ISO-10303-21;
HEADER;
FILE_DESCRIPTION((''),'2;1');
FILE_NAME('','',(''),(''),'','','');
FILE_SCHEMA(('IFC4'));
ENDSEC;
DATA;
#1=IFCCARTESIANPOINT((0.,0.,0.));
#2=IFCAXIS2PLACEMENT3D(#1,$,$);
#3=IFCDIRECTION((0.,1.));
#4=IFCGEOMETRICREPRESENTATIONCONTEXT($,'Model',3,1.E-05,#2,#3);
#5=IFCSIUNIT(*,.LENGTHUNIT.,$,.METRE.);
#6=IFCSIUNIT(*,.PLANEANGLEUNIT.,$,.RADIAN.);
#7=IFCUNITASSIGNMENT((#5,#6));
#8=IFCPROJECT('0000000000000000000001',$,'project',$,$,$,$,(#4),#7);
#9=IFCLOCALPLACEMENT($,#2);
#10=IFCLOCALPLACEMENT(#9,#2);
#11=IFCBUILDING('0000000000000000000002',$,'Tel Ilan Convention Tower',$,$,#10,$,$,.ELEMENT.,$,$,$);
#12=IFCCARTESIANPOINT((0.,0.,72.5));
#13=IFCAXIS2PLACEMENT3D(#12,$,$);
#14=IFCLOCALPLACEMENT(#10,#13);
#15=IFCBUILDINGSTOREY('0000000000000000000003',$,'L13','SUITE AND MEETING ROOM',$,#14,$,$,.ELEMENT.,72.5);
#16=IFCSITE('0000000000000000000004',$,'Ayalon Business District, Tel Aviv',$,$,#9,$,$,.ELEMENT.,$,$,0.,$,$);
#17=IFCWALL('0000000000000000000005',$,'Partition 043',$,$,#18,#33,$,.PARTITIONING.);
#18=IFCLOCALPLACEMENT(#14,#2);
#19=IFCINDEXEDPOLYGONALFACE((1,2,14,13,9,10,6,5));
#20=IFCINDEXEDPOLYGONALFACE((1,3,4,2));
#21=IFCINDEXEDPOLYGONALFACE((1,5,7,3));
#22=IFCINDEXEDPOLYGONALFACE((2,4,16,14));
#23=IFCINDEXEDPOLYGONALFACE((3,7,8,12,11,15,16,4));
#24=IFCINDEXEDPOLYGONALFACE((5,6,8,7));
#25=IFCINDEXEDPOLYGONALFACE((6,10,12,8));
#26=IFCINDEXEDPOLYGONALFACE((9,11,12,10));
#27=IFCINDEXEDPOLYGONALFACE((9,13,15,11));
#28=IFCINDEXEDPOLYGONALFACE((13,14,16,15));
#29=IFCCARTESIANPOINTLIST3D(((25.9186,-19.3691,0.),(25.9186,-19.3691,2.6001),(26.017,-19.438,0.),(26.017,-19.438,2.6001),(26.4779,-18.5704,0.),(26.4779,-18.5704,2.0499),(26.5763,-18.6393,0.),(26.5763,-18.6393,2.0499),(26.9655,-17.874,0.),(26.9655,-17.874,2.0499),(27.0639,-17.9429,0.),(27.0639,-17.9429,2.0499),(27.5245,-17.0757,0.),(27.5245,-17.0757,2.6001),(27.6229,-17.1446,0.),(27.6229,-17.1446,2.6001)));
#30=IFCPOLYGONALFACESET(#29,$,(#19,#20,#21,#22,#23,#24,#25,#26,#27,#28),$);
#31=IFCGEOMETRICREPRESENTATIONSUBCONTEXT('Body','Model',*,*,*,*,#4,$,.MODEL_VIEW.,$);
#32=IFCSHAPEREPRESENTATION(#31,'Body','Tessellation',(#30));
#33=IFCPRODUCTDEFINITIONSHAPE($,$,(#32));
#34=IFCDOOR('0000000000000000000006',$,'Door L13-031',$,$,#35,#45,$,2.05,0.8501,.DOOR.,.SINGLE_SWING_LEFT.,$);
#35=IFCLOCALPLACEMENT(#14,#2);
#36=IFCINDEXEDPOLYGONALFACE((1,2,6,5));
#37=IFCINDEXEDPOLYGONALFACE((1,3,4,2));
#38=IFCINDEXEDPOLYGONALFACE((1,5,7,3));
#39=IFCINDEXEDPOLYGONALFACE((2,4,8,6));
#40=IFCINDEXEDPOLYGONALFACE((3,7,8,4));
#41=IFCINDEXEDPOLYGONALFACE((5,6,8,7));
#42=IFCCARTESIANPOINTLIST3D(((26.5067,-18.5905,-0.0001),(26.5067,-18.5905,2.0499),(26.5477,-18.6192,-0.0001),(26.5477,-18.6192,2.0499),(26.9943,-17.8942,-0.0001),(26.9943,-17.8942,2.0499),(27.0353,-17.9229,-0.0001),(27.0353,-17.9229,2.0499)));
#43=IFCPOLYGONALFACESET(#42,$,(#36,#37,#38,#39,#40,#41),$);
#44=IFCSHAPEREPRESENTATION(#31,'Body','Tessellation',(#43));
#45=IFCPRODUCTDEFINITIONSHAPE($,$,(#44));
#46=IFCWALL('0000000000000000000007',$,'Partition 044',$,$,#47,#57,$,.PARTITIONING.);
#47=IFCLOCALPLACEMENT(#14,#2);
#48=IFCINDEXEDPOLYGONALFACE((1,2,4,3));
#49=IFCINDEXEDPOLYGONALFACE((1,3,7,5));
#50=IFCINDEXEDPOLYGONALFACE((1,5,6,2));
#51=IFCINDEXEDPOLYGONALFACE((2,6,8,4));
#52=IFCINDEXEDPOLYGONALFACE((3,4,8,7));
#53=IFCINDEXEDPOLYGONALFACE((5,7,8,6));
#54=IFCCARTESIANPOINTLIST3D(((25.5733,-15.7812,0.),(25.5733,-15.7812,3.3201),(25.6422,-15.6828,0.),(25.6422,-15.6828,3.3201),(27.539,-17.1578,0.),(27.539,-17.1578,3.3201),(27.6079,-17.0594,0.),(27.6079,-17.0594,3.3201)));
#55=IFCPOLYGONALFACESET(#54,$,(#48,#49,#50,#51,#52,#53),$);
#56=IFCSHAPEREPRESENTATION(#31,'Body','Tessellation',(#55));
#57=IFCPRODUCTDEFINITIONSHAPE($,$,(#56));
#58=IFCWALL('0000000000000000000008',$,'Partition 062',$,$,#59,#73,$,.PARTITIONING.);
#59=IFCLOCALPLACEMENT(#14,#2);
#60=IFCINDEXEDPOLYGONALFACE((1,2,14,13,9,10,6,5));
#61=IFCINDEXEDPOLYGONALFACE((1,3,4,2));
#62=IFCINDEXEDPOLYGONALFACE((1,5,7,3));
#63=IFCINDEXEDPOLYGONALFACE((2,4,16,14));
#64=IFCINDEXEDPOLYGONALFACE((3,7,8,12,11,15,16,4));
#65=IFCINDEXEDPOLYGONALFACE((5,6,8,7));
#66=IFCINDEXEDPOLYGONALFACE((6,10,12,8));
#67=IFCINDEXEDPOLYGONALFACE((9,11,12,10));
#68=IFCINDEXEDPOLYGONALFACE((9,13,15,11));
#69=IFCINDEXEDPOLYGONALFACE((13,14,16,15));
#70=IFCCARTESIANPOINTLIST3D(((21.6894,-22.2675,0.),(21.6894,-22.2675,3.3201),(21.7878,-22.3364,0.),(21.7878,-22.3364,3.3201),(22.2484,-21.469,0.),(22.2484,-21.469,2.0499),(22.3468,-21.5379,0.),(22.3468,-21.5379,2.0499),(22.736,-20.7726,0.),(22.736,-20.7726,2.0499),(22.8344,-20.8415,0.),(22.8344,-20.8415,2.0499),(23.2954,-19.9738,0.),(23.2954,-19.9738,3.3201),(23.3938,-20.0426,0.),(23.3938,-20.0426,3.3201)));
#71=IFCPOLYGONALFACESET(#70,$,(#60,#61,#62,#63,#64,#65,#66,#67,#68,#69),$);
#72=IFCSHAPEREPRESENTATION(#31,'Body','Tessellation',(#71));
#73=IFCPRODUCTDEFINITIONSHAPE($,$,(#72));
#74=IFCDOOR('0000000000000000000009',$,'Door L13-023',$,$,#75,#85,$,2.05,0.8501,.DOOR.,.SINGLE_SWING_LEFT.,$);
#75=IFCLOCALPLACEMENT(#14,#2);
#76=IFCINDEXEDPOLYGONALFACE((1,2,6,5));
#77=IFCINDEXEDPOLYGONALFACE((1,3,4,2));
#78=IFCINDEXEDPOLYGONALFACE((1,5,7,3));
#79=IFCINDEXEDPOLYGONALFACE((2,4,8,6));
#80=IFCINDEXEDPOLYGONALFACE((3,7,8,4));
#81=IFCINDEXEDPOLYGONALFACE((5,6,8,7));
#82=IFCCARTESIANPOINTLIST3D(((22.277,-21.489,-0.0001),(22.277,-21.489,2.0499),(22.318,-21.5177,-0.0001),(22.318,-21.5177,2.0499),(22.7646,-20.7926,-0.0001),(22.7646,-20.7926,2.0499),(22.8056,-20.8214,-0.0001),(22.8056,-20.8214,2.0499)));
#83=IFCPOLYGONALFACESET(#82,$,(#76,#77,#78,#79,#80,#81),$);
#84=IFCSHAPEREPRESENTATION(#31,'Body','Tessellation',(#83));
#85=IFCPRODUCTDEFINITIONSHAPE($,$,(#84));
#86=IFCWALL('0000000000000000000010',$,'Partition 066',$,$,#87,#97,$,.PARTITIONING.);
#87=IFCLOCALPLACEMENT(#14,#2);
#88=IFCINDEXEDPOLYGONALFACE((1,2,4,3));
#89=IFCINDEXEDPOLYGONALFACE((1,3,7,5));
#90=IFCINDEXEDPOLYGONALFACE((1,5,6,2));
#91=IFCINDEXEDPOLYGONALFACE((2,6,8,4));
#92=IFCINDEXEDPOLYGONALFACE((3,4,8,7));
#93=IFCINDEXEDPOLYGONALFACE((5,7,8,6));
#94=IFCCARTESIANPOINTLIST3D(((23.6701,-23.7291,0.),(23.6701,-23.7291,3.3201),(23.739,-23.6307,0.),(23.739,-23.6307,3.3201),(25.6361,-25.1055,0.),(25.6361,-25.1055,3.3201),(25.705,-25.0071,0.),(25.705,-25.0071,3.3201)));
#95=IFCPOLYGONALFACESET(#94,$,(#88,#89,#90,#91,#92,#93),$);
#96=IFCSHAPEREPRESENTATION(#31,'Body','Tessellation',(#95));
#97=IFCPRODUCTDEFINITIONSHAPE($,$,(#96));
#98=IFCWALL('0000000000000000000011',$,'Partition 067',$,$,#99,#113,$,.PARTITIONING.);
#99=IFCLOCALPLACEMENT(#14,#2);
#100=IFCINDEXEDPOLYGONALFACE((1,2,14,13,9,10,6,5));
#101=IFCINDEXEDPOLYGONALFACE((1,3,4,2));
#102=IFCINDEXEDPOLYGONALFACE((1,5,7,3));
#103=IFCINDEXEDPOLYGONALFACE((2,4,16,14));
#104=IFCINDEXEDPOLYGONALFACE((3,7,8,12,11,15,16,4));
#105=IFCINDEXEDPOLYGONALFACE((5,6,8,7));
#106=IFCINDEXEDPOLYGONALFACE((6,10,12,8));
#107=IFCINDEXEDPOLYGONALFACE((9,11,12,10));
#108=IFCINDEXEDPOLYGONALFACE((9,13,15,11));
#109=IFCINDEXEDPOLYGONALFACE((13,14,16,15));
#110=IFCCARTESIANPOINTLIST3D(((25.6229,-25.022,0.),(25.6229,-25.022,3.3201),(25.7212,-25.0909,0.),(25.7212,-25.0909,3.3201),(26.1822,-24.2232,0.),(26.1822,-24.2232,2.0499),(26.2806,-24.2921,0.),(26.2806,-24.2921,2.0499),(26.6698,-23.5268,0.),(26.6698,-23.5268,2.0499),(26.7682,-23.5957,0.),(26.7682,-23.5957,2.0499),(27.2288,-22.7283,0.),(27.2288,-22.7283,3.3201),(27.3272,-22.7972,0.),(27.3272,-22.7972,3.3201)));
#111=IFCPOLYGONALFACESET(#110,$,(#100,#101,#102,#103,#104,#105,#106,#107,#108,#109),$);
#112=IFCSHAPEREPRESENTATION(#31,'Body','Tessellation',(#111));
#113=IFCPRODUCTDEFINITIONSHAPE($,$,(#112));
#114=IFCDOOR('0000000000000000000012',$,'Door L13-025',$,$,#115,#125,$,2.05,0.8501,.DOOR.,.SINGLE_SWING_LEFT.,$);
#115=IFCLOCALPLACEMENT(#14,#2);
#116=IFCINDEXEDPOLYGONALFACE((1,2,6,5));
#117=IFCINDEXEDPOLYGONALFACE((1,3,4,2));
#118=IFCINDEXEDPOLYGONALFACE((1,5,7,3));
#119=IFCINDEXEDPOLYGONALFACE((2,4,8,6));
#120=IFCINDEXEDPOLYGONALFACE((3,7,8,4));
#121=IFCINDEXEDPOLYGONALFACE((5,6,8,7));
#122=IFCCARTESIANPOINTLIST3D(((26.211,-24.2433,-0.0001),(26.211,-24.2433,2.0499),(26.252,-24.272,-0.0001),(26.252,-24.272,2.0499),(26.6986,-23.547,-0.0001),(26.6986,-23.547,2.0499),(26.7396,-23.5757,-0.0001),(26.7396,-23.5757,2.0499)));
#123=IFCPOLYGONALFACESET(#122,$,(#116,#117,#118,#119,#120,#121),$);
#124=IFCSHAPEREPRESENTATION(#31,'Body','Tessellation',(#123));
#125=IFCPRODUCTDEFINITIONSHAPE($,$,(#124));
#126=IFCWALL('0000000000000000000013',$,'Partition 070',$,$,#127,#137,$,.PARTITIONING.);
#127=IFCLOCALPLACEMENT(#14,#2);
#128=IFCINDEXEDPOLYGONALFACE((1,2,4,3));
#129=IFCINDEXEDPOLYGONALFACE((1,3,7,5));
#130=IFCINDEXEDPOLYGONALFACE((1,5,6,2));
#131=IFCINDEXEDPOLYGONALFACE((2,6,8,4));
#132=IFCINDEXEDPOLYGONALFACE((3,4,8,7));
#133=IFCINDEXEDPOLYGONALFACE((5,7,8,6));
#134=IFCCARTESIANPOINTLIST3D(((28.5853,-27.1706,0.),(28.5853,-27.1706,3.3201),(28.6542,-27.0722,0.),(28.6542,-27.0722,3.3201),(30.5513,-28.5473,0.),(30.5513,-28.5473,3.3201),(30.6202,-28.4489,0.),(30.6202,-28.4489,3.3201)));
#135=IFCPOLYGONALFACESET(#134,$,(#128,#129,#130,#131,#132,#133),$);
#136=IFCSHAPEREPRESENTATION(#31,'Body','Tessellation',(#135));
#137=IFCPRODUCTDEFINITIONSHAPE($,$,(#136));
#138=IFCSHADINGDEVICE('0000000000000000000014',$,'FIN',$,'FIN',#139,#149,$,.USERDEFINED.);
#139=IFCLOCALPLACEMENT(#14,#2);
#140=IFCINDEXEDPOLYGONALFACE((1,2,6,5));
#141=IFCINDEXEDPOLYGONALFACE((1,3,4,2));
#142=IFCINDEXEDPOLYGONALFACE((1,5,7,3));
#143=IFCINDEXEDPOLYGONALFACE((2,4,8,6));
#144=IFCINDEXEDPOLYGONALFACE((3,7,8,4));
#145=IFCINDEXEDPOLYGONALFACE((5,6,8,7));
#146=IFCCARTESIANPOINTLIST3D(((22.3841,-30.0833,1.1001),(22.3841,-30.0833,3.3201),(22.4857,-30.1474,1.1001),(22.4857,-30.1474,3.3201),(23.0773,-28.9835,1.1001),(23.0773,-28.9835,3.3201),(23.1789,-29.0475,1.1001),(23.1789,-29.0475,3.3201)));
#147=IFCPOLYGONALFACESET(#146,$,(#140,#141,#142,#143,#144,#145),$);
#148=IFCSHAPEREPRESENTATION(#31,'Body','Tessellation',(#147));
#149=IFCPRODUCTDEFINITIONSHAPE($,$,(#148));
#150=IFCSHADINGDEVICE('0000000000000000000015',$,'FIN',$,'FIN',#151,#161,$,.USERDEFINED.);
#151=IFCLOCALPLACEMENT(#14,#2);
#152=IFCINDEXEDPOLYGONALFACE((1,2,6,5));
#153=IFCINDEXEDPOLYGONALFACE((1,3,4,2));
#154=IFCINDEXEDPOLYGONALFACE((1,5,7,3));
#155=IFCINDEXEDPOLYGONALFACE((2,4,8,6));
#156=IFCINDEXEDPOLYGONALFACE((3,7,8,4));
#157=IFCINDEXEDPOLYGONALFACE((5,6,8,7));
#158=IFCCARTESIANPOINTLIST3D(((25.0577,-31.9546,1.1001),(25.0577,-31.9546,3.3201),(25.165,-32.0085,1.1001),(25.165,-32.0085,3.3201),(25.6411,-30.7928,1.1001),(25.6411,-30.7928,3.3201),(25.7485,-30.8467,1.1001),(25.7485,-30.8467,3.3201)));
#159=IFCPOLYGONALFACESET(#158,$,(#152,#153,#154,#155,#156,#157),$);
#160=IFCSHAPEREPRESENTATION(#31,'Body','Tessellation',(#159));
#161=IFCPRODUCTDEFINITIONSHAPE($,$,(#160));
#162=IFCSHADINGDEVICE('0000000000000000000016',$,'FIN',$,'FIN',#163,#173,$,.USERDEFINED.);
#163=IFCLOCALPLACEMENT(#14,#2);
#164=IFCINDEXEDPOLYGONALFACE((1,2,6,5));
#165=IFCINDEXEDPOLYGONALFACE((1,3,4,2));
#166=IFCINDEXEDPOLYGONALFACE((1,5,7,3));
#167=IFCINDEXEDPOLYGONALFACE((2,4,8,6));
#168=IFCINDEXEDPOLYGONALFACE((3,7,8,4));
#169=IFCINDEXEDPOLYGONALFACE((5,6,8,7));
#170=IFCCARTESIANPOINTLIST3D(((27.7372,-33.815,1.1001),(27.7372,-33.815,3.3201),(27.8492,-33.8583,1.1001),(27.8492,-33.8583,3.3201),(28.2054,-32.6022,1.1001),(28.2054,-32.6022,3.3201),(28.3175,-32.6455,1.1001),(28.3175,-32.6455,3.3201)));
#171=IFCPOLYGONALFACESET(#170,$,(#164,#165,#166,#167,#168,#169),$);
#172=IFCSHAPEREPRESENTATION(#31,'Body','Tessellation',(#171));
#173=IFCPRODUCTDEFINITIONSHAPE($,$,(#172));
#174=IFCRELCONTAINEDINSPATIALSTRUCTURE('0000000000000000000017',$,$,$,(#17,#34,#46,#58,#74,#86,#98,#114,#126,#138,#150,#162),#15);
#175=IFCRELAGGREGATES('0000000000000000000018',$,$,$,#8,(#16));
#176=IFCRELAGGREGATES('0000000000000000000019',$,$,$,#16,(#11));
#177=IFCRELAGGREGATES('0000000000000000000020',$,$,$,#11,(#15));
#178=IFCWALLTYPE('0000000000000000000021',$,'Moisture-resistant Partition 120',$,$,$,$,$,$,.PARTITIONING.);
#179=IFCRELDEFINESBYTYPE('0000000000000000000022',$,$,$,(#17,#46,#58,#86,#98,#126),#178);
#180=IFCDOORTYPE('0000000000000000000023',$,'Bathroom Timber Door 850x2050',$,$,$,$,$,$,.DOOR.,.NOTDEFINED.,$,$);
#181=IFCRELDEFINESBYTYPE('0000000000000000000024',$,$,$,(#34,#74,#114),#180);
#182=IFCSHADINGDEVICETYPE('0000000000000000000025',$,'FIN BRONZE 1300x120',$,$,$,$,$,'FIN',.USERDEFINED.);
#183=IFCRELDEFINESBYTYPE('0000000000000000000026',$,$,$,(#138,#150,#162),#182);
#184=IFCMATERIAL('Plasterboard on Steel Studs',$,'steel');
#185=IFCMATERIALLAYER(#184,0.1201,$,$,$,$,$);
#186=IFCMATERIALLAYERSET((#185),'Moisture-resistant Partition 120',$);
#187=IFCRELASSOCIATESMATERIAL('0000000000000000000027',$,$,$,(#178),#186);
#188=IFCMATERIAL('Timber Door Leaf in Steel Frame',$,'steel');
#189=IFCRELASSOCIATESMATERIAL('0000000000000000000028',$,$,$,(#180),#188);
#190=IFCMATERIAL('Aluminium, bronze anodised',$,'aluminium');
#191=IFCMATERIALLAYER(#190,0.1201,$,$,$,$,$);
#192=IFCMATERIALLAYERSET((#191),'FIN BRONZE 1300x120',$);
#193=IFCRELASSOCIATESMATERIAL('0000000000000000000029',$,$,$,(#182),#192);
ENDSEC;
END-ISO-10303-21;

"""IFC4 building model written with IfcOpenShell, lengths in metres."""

from ifc_helpers import new_model, si_unit, direction, frame, frame_2d, origin, origin_2d, place, context, subcontext, project, spatial, rectangle, extrude, material, layer, layer_set, type_object, element, fill, save


model = new_model("IFC4")

# Units and contexts
model_context = context("Model", 3, precision=1e-05, world=origin(), true_north=direction((0.0, 1.0)))
body_context = subcontext(model_context, "Body", "Model", "MODEL_VIEW")
ifc_project = project(units=[si_unit("LENGTHUNIT", "METRE"), si_unit("PLANEANGLEUNIT", "RADIAN")], contexts=[model_context])

# Site, building, storey
site_placement = place(None, origin())
site = spatial("IfcSite", under=ifc_project, at=site_placement, Name="Ayalon Business District, Tel Aviv", CompositionType="ELEMENT", RefElevation=0.0)
building_placement = place(site_placement, origin())
building = spatial("IfcBuilding", under=site, at=building_placement, Name="Tel Ilan Convention Tower", CompositionType="ELEMENT")
storey_placement = place(building_placement, frame((0.0, 0.0, 72.5)))
storey = spatial("IfcBuildingStorey", under=building, at=storey_placement, Name="L13", Description="SUITE AND MEETING ROOM", CompositionType="ELEMENT", Elevation=72.5)

# Wall, opening, door
ifc_material_1 = material(Name="Plasterboard on Steel Studs", Category="steel")
ifc_layer_1 = layer(ifc_material_1, 0.1201)
ifc_layer_set_1 = layer_set([ifc_layer_1], Name="Moisture-resistant Partition 120")
wall_type_1 = type_object("IfcWallType", Name="Moisture-resistant Partition 120", PredefinedType="PARTITIONING", material=ifc_layer_set_1)
wall_1_placement = place(storey_placement, frame((25.9678, -19.4036, 0.0), z_axis=(0.0, 0.0, 1.0), x_axis=(0.573591, 0.819142, 0.0)))
wall_1 = element("IfcWall", 1, at=wall_1_placement, inside=storey, type_object=wall_type_1, Name="Partition 043", PredefinedType="PARTITIONING", context=body_context, shape_type="SweptSolid", body=[
    extrude(rectangle(XDim=2.7998, YDim=0.1201, at=frame_2d((1.3999, 0.0))), origin(), (0.0, 0.0, 1.0), 2.6001),
])
opening_1_placement = place(wall_1_placement, frame((0.9751, 0.0, 0.0)))
opening_1 = element("IfcOpeningElement", 2, at=opening_1_placement, cuts=wall_1, PredefinedType="OPENING", context=body_context, shape_type="SweptSolid", body=[
    extrude(rectangle(XDim=0.8501, YDim=2.05, at=frame_2d((0.425, 1.0249))), frame((0.0, 0.0701, 0.0), z_axis=(0.0, -1.0, 0.0), x_axis=(1.0, 0.0, 0.0)), (0.0, 0.0, 1.0), 0.1401),
])
ifc_material_2 = material(Name="Timber Door Leaf in Steel Frame", Category="steel")
door_type_1 = type_object("IfcDoorType", Name="Bathroom Timber Door 850x2050", OperationType="NOTDEFINED", PredefinedType="DOOR", material=ifc_material_2)
door_1_placement = place(opening_1_placement, origin())
door_1 = element("IfcDoor", 3, at=door_1_placement, inside=storey, type_object=door_type_1, Name="Door L13-031", OperationType="SINGLE_SWING_LEFT", OverallHeight=2.05, OverallWidth=0.8501, PredefinedType="DOOR", context=body_context, shape_type="SweptSolid", body=[
    extrude(rectangle(XDim=0.8501, YDim=2.05, at=frame_2d((0.425, 1.0249))), frame((0.0, 0.0249, 0.0), z_axis=(0.0, -1.0, 0.0), x_axis=(1.0, 0.0, 0.0)), (0.0, 0.0, 1.0), 0.05),
])
fill(opening_1, door_1)

# Wall
wall_2_placement = place(storey_placement, frame((27.5735, -17.1086, 0.0), z_axis=(0.0, 0.0, 1.0), x_axis=(-0.819108, 0.57364, 0.0)))
element("IfcWall", 4, at=wall_2_placement, inside=storey, type_object=wall_type_1, Name="Partition 044", PredefinedType="PARTITIONING", context=body_context, shape_type="SweptSolid", body=[
    extrude(rectangle(XDim=2.3999, YDim=0.1201, at=frame_2d((1.2, 0.0))), origin(), (0.0, 0.0, 1.0), 3.3201),
])

# Wall, opening, door
wall_3_placement = place(storey_placement, frame((23.3445, -20.0083, 0.0), z_axis=(0.0, 0.0, 1.0), x_axis=(-0.57355, -0.81917, 0.0)))
wall_3 = element("IfcWall", 5, at=wall_3_placement, inside=storey, type_object=wall_type_1, Name="Partition 062", PredefinedType="PARTITIONING", context=body_context, shape_type="SweptSolid", body=[
    extrude(rectangle(XDim=2.8, YDim=0.1201, at=frame_2d((1.3999, 0.0))), origin(), (0.0, 0.0, 1.0), 3.3201),
])
opening_2_placement = place(wall_3_placement, frame((0.9751, 0.0, 0.0)))
opening_2 = element("IfcOpeningElement", 6, at=opening_2_placement, cuts=wall_3, PredefinedType="OPENING", context=body_context, shape_type="SweptSolid", body=[
    extrude(rectangle(XDim=0.8501, YDim=2.05, at=frame_2d((0.425, 1.0249))), frame((0.0, 0.0701, 0.0), z_axis=(0.0, -1.0, 0.0), x_axis=(1.0, 0.0, 0.0)), (0.0, 0.0, 1.0), 0.1401),
])
door_2_placement = place(opening_2_placement, origin())
door_2 = element("IfcDoor", 7, at=door_2_placement, inside=storey, type_object=door_type_1, Name="Door L13-023", OperationType="SINGLE_SWING_LEFT", OverallHeight=2.05, OverallWidth=0.8501, PredefinedType="DOOR", context=body_context, shape_type="SweptSolid", body=[
    extrude(rectangle(XDim=0.8501, YDim=2.05, at=frame_2d((0.425, 1.0249))), frame((0.0, 0.0249, 0.0), z_axis=(0.0, -1.0, 0.0), x_axis=(1.0, 0.0, 0.0)), (0.0, 0.0, 1.0), 0.05),
])
fill(opening_2, door_2)

# Wall
wall_4_placement = place(storey_placement, frame((23.7046, -23.6799, 0.0), z_axis=(0.0, 0.0, 1.0), x_axis=(0.819189, -0.573524, 0.0)))
element("IfcWall", 8, at=wall_4_placement, inside=storey, type_object=wall_type_1, Name="Partition 066", PredefinedType="PARTITIONING", context=body_context, shape_type="SweptSolid", body=[
    extrude(rectangle(XDim=2.3999, YDim=0.1201, at=frame_2d((1.2, 0.0))), origin(), (0.0, 0.0, 1.0), 3.3201),
])

# Wall, opening, door
wall_5_placement = place(storey_placement, frame((25.6721, -25.0564, 0.0), z_axis=(0.0, 0.0, 1.0), x_axis=(0.57355, 0.81917, 0.0)))
wall_5 = element("IfcWall", 9, at=wall_5_placement, inside=storey, type_object=wall_type_1, Name="Partition 067", PredefinedType="PARTITIONING", context=body_context, shape_type="SweptSolid", body=[
    extrude(rectangle(XDim=2.8, YDim=0.1201, at=frame_2d((1.3999, 0.0))), origin(), (0.0, 0.0, 1.0), 3.3201),
])
opening_3_placement = place(wall_5_placement, frame((0.9751, 0.0, 0.0)))
opening_3 = element("IfcOpeningElement", 10, at=opening_3_placement, cuts=wall_5, PredefinedType="OPENING", context=body_context, shape_type="SweptSolid", body=[
    extrude(rectangle(XDim=0.8501, YDim=2.05, at=frame_2d((0.425, 1.0249))), frame((0.0, 0.0701, 0.0), z_axis=(0.0, -1.0, 0.0), x_axis=(1.0, 0.0, 0.0)), (0.0, 0.0, 1.0), 0.1401),
])
door_3_placement = place(opening_3_placement, origin())
door_3 = element("IfcDoor", 11, at=door_3_placement, inside=storey, type_object=door_type_1, Name="Door L13-025", OperationType="SINGLE_SWING_LEFT", OverallHeight=2.05, OverallWidth=0.8501, PredefinedType="DOOR", context=body_context, shape_type="SweptSolid", body=[
    extrude(rectangle(XDim=0.8501, YDim=2.05, at=frame_2d((0.425, 1.0249))), frame((0.0, 0.0249, 0.0), z_axis=(0.0, -1.0, 0.0), x_axis=(1.0, 0.0, 0.0)), (0.0, 0.0, 1.0), 0.05),
])
fill(opening_3, door_3)

# Wall
wall_6_placement = place(storey_placement, frame((28.6196, -27.1213, 0.0), z_axis=(0.0, 0.0, 1.0), x_axis=(0.819141, -0.573592, 0.0)))
element("IfcWall", 12, at=wall_6_placement, inside=storey, type_object=wall_type_1, Name="Partition 070", PredefinedType="PARTITIONING", context=body_context, shape_type="SweptSolid", body=[
    extrude(rectangle(XDim=2.4001, YDim=0.1201, at=frame_2d((1.2002, 0.0))), origin(), (0.0, 0.0, 1.0), 3.3201),
])

# Shading devices
ifc_material_3 = material(Name="Aluminium, bronze anodised", Category="aluminium")
ifc_layer_2 = layer(ifc_material_3, 0.1201)
ifc_layer_set_2 = layer_set([ifc_layer_2], Name="FIN BRONZE 1300x120")
shading_device_type = type_object("IfcShadingDeviceType", Name="FIN BRONZE 1300x120", ElementType="FIN", PredefinedType="USERDEFINED", material=ifc_layer_set_2)
for number, where, z_axis, x_axis, name in (
    (13, (22.7815, -29.5654, 1.1001), (0.0, 0.0, 1.0), (-0.533204, -0.845986, 0.0), "FIN"),
    (14, (25.4031, -31.4006, 1.1001), (0.0, 0.0, 1.0), (-0.448799, -0.893633, 0.0), "FIN"),
    (15, (28.0273, -33.2302, 1.1001), (0.0, 0.0, 1.0), (-0.360178, -0.932884, 0.0), "FIN"),
):
    element("IfcShadingDevice", number, at=place(storey_placement, frame(where, z_axis=z_axis, x_axis=x_axis)), inside=storey, type_object=shading_device_type, Name=name, ObjectType="FIN", PredefinedType="USERDEFINED", context=body_context, shape_type="SweptSolid", body=[
        extrude(rectangle(XDim=1.3, YDim=0.1201, at=origin_2d()), origin(), (0.0, 0.0, 1.0), 2.22),
    ])

save(model, "model.ifc")
